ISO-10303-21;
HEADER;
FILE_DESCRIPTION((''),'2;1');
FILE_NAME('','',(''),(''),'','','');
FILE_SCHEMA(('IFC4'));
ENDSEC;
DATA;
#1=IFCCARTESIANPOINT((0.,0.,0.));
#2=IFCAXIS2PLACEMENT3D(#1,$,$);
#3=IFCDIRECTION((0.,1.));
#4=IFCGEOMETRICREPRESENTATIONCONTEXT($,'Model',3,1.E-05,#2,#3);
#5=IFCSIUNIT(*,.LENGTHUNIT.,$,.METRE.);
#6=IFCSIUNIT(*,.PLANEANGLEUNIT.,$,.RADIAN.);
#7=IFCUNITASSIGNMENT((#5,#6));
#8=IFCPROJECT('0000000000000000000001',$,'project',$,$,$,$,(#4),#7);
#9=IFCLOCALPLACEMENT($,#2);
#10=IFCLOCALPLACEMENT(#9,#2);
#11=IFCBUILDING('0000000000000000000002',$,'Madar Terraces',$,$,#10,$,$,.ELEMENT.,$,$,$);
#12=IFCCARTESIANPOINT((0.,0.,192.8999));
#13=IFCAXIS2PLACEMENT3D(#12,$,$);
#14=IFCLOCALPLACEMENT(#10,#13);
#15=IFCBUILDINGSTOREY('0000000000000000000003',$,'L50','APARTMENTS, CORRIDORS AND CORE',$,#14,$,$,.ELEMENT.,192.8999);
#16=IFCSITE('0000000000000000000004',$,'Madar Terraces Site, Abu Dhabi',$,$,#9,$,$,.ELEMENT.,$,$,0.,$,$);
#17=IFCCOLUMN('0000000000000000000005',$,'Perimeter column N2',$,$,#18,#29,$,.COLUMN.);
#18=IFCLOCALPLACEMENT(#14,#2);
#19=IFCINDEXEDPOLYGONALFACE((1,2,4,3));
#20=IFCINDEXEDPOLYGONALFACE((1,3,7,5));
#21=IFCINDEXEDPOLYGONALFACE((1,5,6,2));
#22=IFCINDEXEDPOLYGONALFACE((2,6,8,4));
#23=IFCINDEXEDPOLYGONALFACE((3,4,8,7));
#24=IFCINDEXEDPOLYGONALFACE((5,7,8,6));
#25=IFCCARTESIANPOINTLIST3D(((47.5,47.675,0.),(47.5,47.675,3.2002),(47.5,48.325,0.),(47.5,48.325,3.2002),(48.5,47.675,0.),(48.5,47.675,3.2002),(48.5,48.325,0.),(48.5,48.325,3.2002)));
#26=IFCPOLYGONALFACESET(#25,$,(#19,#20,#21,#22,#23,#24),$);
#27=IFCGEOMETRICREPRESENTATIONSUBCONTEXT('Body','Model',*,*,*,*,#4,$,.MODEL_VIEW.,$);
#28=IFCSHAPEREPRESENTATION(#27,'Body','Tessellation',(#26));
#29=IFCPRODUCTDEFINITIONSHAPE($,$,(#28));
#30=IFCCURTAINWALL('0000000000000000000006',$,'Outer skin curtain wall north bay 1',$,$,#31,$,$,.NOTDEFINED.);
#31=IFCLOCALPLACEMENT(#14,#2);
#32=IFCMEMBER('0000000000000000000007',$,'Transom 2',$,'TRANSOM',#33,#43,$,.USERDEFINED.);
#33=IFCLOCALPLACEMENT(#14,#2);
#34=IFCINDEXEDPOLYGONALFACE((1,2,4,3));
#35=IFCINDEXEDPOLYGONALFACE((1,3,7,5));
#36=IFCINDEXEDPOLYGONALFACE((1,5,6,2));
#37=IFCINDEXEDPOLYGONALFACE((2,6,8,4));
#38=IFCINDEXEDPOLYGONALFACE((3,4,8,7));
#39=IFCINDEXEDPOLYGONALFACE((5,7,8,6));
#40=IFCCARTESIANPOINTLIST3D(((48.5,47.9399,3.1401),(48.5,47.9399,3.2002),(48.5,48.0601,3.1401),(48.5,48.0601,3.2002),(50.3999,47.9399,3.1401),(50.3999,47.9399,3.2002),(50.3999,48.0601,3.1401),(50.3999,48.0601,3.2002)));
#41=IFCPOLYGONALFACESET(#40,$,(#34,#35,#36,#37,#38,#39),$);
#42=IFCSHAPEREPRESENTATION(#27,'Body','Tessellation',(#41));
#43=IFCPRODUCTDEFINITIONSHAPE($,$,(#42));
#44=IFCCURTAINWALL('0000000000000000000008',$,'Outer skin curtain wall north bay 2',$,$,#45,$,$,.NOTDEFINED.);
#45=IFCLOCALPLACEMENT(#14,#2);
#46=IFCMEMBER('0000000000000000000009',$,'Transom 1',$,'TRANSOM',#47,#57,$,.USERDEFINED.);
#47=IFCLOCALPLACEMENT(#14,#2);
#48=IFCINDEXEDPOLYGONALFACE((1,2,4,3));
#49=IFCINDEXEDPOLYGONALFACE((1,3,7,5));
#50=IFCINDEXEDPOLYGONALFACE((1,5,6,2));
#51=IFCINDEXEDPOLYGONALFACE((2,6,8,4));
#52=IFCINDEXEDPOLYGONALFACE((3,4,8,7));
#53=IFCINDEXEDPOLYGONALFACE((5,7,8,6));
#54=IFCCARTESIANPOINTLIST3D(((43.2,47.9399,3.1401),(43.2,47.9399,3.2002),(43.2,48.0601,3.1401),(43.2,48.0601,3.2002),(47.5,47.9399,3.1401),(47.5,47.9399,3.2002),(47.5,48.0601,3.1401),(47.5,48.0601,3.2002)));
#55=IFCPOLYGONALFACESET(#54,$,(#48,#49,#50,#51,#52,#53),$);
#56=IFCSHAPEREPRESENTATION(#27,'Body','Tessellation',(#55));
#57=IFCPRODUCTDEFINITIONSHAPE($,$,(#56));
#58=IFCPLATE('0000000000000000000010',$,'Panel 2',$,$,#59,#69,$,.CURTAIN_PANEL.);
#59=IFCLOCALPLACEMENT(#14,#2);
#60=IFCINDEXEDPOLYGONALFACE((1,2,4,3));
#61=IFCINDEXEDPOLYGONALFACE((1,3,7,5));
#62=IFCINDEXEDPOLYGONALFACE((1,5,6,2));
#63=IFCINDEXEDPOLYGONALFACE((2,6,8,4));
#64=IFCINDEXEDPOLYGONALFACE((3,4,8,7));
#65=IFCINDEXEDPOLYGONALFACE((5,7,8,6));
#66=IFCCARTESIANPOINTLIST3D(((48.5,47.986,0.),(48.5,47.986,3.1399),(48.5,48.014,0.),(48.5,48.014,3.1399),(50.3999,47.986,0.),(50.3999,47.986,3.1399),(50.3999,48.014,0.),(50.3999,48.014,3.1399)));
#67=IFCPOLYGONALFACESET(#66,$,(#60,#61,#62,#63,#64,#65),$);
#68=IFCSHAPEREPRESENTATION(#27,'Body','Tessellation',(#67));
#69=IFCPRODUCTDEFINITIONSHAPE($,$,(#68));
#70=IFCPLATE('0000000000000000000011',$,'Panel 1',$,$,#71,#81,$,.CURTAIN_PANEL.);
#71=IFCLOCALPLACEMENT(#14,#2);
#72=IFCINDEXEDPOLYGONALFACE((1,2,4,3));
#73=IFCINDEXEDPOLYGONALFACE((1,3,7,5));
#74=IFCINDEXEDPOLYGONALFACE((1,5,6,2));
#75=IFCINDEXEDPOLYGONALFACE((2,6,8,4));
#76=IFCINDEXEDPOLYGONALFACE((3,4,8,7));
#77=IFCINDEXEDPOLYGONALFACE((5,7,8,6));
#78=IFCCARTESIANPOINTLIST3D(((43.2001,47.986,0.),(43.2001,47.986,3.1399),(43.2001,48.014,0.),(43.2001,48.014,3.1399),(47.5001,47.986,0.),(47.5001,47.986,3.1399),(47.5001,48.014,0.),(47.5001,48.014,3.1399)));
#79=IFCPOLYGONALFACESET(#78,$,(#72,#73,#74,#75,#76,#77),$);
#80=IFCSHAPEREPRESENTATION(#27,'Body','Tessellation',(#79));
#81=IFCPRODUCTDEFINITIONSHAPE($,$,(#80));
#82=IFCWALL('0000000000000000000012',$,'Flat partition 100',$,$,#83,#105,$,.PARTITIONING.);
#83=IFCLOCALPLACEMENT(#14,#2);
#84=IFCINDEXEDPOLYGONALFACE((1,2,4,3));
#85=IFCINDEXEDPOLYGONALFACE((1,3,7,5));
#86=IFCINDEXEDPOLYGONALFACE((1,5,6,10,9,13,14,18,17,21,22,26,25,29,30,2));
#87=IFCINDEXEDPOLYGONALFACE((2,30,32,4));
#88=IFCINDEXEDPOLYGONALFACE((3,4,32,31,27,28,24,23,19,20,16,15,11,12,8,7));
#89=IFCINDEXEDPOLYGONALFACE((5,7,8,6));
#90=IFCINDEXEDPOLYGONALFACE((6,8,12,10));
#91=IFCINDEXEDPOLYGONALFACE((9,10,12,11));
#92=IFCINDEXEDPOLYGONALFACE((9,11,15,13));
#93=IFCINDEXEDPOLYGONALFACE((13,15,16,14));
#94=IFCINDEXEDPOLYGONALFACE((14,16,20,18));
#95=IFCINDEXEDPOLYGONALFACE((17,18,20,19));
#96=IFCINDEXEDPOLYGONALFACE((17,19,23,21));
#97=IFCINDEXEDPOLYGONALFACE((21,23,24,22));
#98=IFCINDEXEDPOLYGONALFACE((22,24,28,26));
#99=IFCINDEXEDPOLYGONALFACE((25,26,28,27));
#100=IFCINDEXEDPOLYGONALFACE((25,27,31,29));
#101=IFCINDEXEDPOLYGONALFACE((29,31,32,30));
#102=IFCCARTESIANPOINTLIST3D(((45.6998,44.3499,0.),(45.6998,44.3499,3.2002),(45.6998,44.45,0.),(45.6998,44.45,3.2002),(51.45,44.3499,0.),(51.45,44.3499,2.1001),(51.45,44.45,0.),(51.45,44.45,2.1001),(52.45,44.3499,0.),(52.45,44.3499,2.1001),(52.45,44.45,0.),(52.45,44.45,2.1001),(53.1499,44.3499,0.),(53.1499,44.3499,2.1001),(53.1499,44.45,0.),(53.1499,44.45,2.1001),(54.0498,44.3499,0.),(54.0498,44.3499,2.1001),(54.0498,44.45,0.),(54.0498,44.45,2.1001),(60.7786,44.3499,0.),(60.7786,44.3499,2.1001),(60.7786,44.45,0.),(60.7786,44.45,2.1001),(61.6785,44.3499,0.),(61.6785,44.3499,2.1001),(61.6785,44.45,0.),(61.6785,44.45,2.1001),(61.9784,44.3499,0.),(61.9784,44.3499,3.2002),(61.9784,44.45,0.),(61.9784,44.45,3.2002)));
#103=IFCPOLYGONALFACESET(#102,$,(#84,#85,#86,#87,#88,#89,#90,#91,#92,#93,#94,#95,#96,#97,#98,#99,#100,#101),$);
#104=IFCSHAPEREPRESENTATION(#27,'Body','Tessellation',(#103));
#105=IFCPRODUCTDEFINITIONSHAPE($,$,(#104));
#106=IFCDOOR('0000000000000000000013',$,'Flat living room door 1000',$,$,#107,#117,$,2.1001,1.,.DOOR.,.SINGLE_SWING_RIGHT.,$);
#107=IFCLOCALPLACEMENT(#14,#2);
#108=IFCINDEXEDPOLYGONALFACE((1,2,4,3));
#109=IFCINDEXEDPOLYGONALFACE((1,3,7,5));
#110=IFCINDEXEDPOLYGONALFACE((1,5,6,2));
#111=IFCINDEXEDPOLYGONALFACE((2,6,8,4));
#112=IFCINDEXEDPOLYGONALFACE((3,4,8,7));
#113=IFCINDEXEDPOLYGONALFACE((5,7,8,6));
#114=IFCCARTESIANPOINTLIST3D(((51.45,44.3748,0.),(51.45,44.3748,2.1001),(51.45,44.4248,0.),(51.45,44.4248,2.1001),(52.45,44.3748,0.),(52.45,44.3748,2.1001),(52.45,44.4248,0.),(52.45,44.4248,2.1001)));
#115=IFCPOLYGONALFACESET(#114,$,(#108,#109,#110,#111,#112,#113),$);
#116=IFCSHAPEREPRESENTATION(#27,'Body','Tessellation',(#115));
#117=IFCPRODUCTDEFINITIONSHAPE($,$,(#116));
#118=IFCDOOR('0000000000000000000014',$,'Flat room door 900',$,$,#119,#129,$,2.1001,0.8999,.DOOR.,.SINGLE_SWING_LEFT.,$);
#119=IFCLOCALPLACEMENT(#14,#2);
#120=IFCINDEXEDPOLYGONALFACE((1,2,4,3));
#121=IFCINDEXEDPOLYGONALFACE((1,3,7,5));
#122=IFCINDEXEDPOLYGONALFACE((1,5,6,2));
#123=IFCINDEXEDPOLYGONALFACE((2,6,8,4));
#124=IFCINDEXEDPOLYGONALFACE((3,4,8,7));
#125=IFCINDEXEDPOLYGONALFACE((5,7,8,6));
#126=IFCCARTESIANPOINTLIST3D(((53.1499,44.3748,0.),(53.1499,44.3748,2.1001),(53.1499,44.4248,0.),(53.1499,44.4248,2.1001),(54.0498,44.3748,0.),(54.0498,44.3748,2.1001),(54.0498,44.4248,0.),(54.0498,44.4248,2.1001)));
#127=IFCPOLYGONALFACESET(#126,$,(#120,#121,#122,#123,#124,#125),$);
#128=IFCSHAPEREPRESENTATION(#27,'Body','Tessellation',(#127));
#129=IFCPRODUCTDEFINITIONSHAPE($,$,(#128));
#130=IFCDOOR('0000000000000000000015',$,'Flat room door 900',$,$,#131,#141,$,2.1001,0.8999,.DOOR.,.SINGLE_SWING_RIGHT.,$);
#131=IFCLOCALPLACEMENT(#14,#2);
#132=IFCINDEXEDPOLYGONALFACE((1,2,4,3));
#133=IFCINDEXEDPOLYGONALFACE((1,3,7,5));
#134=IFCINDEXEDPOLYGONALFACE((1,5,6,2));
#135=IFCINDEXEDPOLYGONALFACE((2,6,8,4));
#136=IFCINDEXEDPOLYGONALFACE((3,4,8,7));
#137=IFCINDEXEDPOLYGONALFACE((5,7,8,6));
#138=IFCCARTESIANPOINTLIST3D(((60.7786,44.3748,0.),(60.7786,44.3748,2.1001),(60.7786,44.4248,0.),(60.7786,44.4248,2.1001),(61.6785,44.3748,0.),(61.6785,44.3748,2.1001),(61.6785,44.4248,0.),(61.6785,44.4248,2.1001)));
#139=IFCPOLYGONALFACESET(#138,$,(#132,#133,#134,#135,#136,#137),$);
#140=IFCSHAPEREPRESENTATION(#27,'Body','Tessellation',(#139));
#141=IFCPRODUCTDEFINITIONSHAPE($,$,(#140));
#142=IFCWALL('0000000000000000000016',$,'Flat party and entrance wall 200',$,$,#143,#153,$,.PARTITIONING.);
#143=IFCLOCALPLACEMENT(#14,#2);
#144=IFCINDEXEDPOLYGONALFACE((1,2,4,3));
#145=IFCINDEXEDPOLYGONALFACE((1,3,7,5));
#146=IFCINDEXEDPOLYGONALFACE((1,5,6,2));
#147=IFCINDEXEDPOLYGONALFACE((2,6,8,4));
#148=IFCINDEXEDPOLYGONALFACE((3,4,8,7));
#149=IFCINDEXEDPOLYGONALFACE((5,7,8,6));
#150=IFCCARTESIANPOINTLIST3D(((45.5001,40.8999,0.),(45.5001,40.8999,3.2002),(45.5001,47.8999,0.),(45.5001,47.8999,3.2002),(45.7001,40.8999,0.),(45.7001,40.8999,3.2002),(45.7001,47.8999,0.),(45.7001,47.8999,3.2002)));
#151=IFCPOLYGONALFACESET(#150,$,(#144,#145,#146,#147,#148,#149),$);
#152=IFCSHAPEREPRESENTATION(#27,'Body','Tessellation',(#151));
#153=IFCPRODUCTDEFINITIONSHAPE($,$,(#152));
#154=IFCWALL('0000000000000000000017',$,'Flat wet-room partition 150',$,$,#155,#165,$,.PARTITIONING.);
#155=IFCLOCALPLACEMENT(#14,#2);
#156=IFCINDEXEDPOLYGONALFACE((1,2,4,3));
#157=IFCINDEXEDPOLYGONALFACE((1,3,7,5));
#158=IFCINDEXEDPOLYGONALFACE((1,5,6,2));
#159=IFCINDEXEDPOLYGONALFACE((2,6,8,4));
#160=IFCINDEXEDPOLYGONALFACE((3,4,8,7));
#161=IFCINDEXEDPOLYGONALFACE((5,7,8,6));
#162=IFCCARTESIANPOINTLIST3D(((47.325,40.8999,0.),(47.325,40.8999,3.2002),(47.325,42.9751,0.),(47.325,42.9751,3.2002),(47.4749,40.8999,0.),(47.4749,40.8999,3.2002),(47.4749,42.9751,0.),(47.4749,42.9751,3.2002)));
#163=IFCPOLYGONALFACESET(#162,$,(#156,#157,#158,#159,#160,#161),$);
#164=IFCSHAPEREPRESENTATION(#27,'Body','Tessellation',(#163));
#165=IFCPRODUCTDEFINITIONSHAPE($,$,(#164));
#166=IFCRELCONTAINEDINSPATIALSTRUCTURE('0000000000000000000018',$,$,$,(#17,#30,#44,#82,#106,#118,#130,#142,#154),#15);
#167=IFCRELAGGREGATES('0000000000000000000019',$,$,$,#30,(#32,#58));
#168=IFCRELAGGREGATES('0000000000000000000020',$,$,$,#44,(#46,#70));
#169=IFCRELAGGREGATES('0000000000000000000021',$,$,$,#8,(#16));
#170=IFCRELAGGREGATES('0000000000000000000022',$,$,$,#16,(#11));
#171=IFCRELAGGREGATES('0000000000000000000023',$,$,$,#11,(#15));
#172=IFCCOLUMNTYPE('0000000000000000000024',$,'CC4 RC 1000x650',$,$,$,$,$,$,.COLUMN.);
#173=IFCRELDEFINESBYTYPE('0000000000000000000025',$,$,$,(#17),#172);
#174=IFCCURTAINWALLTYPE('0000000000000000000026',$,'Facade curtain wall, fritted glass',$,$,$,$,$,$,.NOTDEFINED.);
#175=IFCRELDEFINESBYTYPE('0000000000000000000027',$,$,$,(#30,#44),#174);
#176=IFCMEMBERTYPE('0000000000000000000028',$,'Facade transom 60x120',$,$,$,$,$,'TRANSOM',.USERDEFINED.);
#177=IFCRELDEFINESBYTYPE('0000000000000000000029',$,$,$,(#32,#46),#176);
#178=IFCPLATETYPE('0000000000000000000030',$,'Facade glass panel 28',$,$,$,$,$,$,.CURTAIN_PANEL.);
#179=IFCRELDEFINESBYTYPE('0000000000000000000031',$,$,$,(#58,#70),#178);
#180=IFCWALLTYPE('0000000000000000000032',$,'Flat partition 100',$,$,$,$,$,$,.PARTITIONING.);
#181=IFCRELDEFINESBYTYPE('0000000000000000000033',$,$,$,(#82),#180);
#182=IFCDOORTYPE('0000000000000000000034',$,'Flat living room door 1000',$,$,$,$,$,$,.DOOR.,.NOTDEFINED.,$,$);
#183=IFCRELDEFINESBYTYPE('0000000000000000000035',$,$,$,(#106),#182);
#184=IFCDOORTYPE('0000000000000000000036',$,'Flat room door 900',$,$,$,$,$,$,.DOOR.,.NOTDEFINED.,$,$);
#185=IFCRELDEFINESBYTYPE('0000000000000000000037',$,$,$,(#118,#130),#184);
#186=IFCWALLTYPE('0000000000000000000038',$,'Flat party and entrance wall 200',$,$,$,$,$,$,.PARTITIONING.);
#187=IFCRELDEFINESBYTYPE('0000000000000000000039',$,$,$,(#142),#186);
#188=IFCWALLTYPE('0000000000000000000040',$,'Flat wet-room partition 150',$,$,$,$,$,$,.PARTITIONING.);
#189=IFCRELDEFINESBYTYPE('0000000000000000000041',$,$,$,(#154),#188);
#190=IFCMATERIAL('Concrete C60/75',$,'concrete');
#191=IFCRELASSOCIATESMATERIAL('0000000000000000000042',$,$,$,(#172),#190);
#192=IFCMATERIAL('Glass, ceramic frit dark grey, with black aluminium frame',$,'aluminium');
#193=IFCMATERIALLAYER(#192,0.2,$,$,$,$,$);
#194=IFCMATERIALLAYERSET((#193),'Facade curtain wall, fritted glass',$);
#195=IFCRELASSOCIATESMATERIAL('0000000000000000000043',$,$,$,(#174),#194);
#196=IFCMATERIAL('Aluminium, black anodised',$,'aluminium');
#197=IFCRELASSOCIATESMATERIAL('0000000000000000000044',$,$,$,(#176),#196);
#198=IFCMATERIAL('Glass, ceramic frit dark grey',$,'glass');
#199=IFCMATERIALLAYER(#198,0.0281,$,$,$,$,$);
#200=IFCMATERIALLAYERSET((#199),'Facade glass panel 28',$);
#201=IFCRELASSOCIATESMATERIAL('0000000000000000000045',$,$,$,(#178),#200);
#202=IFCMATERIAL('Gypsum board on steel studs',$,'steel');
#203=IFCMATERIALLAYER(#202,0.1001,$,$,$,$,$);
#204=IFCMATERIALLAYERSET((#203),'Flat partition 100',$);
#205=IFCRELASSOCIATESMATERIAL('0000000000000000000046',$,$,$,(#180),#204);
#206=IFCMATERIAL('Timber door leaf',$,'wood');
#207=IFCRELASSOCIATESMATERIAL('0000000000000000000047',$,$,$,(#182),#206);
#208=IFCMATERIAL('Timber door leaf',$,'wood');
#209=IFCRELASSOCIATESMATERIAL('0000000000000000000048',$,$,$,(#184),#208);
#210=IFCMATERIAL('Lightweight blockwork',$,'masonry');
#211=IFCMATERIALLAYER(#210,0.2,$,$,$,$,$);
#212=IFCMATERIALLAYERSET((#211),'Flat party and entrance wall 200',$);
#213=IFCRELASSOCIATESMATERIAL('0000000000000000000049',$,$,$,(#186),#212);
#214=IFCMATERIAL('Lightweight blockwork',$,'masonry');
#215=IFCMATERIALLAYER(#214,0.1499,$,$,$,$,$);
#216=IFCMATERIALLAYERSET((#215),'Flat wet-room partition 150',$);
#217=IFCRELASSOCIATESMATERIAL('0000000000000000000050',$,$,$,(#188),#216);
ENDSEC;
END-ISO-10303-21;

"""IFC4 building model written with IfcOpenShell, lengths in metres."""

from ifc_helpers import new_model, si_unit, direction, frame, frame_2d, origin, origin_2d, place, context, subcontext, project, spatial, rectangle, extrude, material, layer, layer_set, material_profile, profile_set, type_object, element, fill, aggregate, save


model = new_model("IFC4")

# Units and contexts
model_context = context("Model", 3, precision=1e-05, world=origin(), true_north=direction((0.0, 1.0)))
body_context = subcontext(model_context, "Body", "Model", "MODEL_VIEW")
ifc_project = project(units=[si_unit("LENGTHUNIT", "METRE"), si_unit("PLANEANGLEUNIT", "RADIAN")], contexts=[model_context])

# Site, building, storey
site_placement = place(None, origin())
site = spatial("IfcSite", under=ifc_project, at=site_placement, Name="Madar Terraces Site, Abu Dhabi", CompositionType="ELEMENT", RefElevation=0.0)
building_placement = place(site_placement, origin())
building = spatial("IfcBuilding", under=site, at=building_placement, Name="Madar Terraces", CompositionType="ELEMENT")
storey_placement = place(building_placement, frame((0.0, 0.0, 192.8999)))
storey = spatial("IfcBuildingStorey", under=building, at=storey_placement, Name="L50", Description="APARTMENTS, CORRIDORS AND CORE", CompositionType="ELEMENT", Elevation=192.8999)

# Column
ifc_material_1 = material(Name="Concrete C60/75", Category="concrete")
ifc_material_profile_1 = material_profile(ifc_material_1, rectangle(XDim=1.0, YDim=0.6499, at=origin_2d()), Name="CC4 RC 1000x650")
ifc_profile_set_1 = profile_set([ifc_material_profile_1], Name="Concrete C60/75")
column_type = type_object("IfcColumnType", Name="CC4 RC 1000x650", PredefinedType="COLUMN", material=ifc_profile_set_1)
column_placement = place(storey_placement, frame((48.0, 48.0, 0.0), z_axis=(0.0, 0.0, 1.0), x_axis=(1.0, 0.0, 0.0)))
element("IfcColumn", 1, at=column_placement, inside=storey, type_object=column_type, Name="Perimeter column N2", PredefinedType="COLUMN", context=body_context, shape_type="SweptSolid", body=[
    extrude(rectangle(XDim=1.0, YDim=0.6499, at=origin_2d()), origin(), (0.0, 0.0, 1.0), 3.2002),
])

# Curtain walls, members
ifc_material_2 = material(Name="Glass, ceramic frit dark grey, with black aluminium frame", Category="aluminium")
ifc_layer_1 = layer(ifc_material_2, 0.2)
ifc_layer_set_1 = layer_set([ifc_layer_1], Name="Facade curtain wall, fritted glass")
curtain_wall_type = type_object("IfcCurtainWallType", Name="Facade curtain wall, fritted glass", PredefinedType="NOTDEFINED", material=ifc_layer_set_1)
curtain_wall_1_placement = place(storey_placement, origin())
curtain_wall_1 = element("IfcCurtainWall", 2, at=curtain_wall_1_placement, inside=storey, type_object=curtain_wall_type, Name="Outer skin curtain wall north bay 1", PredefinedType="NOTDEFINED")
ifc_material_3 = material(Name="Aluminium, black anodised", Category="aluminium")
ifc_material_profile_2 = material_profile(ifc_material_3, rectangle(XDim=0.1201, YDim=0.0601, at=origin_2d()), Name="Facade transom 60x120")
ifc_profile_set_2 = profile_set([ifc_material_profile_2], Name="Aluminium, black anodised")
member_type = type_object("IfcMemberType", Name="Facade transom 60x120", ElementType="TRANSOM", PredefinedType="USERDEFINED", material=ifc_profile_set_2)
member_1_placement = place(storey_placement, frame((50.3999, 48.0, 3.1702), z_axis=(-1.0, 0.0, 0.0), x_axis=(0.0, -1.0, 0.0)))
member_1 = element("IfcMember", 3, at=member_1_placement, type_object=member_type, Name="Transom 2", ObjectType="TRANSOM", PredefinedType="USERDEFINED", context=body_context, shape_type="SweptSolid", body=[
    extrude(rectangle(XDim=0.1201, YDim=0.0601, at=origin_2d()), origin(), (0.0, 0.0, 1.0), 1.8999),
])
curtain_wall_2_placement = place(storey_placement, origin())
curtain_wall_2 = element("IfcCurtainWall", 4, at=curtain_wall_2_placement, inside=storey, type_object=curtain_wall_type, Name="Outer skin curtain wall north bay 2", PredefinedType="NOTDEFINED")
member_2_placement = place(storey_placement, frame((47.5, 48.0, 3.1702), z_axis=(-1.0, 0.0, 0.0), x_axis=(0.0, -1.0, 0.0)))
member_2 = element("IfcMember", 5, at=member_2_placement, type_object=member_type, Name="Transom 1", ObjectType="TRANSOM", PredefinedType="USERDEFINED", context=body_context, shape_type="SweptSolid", body=[
    extrude(rectangle(XDim=0.1201, YDim=0.0601, at=origin_2d()), origin(), (0.0, 0.0, 1.0), 4.3),
])

# Plates
ifc_material_4 = material(Name="Glass, ceramic frit dark grey", Category="glass")
ifc_layer_2 = layer(ifc_material_4, 0.0281)
ifc_layer_set_2 = layer_set([ifc_layer_2], Name="Facade glass panel 28")
plate_type = type_object("IfcPlateType", Name="Facade glass panel 28", PredefinedType="CURTAIN_PANEL", material=ifc_layer_set_2)
plate_1_placement = place(storey_placement, frame((49.45, 48.0, 0.0), z_axis=(0.0, 0.0, 1.0), x_axis=(-1.0, 0.0, 0.0)))
plate_1 = element("IfcPlate", 6, at=plate_1_placement, type_object=plate_type, Name="Panel 2", PredefinedType="CURTAIN_PANEL", context=body_context, shape_type="SweptSolid", body=[
    extrude(rectangle(XDim=1.8999, YDim=0.0281, at=origin_2d()), origin(), (0.0, 0.0, 1.0), 3.1399),
])
aggregate(curtain_wall_1, [member_1, plate_1])
plate_2_placement = place(storey_placement, frame((45.3501, 48.0, 0.0), z_axis=(0.0, 0.0, 1.0), x_axis=(-1.0, 0.0, 0.0)))
plate_2 = element("IfcPlate", 7, at=plate_2_placement, type_object=plate_type, Name="Panel 1", PredefinedType="CURTAIN_PANEL", context=body_context, shape_type="SweptSolid", body=[
    extrude(rectangle(XDim=4.3, YDim=0.0281, at=origin_2d()), origin(), (0.0, 0.0, 1.0), 3.1399),
])
aggregate(curtain_wall_2, [member_2, plate_2])

# Wall, openings, doors
ifc_material_5 = material(Name="Gypsum board on steel studs", Category="steel")
ifc_layer_3 = layer(ifc_material_5, 0.1001)
ifc_layer_set_3 = layer_set([ifc_layer_3], Name="Flat partition 100")
wall_type_1 = type_object("IfcWallType", Name="Flat partition 100", PredefinedType="PARTITIONING", material=ifc_layer_set_3)
wall_1_placement = place(storey_placement, frame((45.7, 44.3999, 0.0), z_axis=(0.0, 0.0, 1.0), x_axis=(1.0, 0.0, 0.0)))
wall_1 = element("IfcWall", 8, at=wall_1_placement, inside=storey, type_object=wall_type_1, Name="Flat partition 100", PredefinedType="PARTITIONING", context=body_context, shape_type="SweptSolid", body=[
    extrude(rectangle(XDim=16.2786, YDim=0.1001, at=frame_2d((8.1392, 0.0))), origin(), (0.0, 0.0, 1.0), 3.2002),
])
opening_1_placement = place(wall_1_placement, frame((5.75, 0.0, 0.0)))
opening_1 = element("IfcOpeningElement", 9, at=opening_1_placement, cuts=wall_1, PredefinedType="OPENING", context=body_context, shape_type="SweptSolid", body=[
    extrude(rectangle(XDim=1.0, YDim=2.1001, at=frame_2d((0.5, 1.05))), frame((0.0, 0.0601, 0.0), z_axis=(0.0, -1.0, 0.0), x_axis=(1.0, 0.0, 0.0)), (0.0, 0.0, 1.0), 0.1201),
])
opening_2_placement = place(wall_1_placement, frame((7.45, 0.0, 0.0)))
opening_2 = element("IfcOpeningElement", 10, at=opening_2_placement, cuts=wall_1, PredefinedType="OPENING", context=body_context, shape_type="SweptSolid", body=[
    extrude(rectangle(XDim=0.8999, YDim=2.1001, at=frame_2d((0.45, 1.05))), frame((0.0, 0.0601, 0.0), z_axis=(0.0, -1.0, 0.0), x_axis=(1.0, 0.0, 0.0)), (0.0, 0.0, 1.0), 0.1201),
])
opening_3_placement = place(wall_1_placement, frame((15.0786, 0.0, 0.0)))
opening_3 = element("IfcOpeningElement", 11, at=opening_3_placement, cuts=wall_1, PredefinedType="OPENING", context=body_context, shape_type="SweptSolid", body=[
    extrude(rectangle(XDim=0.8999, YDim=2.1001, at=frame_2d((0.45, 1.05))), frame((0.0, 0.0601, 0.0), z_axis=(0.0, -1.0, 0.0), x_axis=(1.0, 0.0, 0.0)), (0.0, 0.0, 1.0), 0.1201),
])
ifc_material_6 = material(Name="Timber door leaf", Category="wood")
door_type_1 = type_object("IfcDoorType", Name="Flat living room door 1000", OperationType="NOTDEFINED", PredefinedType="DOOR", material=ifc_material_6)
door_1_placement = place(opening_1_placement, origin())
door_1 = element("IfcDoor", 12, at=door_1_placement, inside=storey, type_object=door_type_1, Name="Flat living room door 1000", OperationType="SINGLE_SWING_RIGHT", OverallHeight=2.1001, OverallWidth=1.0, PredefinedType="DOOR", context=body_context, shape_type="SweptSolid", body=[
    extrude(rectangle(XDim=1.0, YDim=2.1001, at=frame_2d((0.5, 1.05))), frame((0.0, 0.0249, 0.0), z_axis=(0.0, -1.0, 0.0), x_axis=(1.0, 0.0, 0.0)), (0.0, 0.0, 1.0), 0.05),
])
fill(opening_1, door_1)
ifc_material_7 = material(Name="Timber door leaf", Category="wood")
door_type_2 = type_object("IfcDoorType", Name="Flat room door 900", OperationType="NOTDEFINED", PredefinedType="DOOR", material=ifc_material_7)
door_2_placement = place(opening_2_placement, origin())
door_2 = element("IfcDoor", 13, at=door_2_placement, inside=storey, type_object=door_type_2, Name="Flat room door 900", OperationType="SINGLE_SWING_LEFT", OverallHeight=2.1001, OverallWidth=0.8999, PredefinedType="DOOR", context=body_context, shape_type="SweptSolid", body=[
    extrude(rectangle(XDim=0.8999, YDim=2.1001, at=frame_2d((0.45, 1.05))), frame((0.0, 0.0249, 0.0), z_axis=(0.0, -1.0, 0.0), x_axis=(1.0, 0.0, 0.0)), (0.0, 0.0, 1.0), 0.05),
])
fill(opening_2, door_2)
door_3_placement = place(opening_3_placement, origin())
door_3 = element("IfcDoor", 14, at=door_3_placement, inside=storey, type_object=door_type_2, Name="Flat room door 900", OperationType="SINGLE_SWING_RIGHT", OverallHeight=2.1001, OverallWidth=0.8999, PredefinedType="DOOR", context=body_context, shape_type="SweptSolid", body=[
    extrude(rectangle(XDim=0.8999, YDim=2.1001, at=frame_2d((0.45, 1.05))), frame((0.0, 0.0249, 0.0), z_axis=(0.0, -1.0, 0.0), x_axis=(1.0, 0.0, 0.0)), (0.0, 0.0, 1.0), 0.05),
])
fill(opening_3, door_3)

# Walls
ifc_material_8 = material(Name="Lightweight blockwork", Category="masonry")
ifc_layer_4 = layer(ifc_material_8, 0.2)
ifc_layer_set_4 = layer_set([ifc_layer_4], Name="Flat party and entrance wall 200")
wall_type_2 = type_object("IfcWallType", Name="Flat party and entrance wall 200", PredefinedType="PARTITIONING", material=ifc_layer_set_4)
wall_2_placement = place(storey_placement, frame((45.6001, 47.8999, 0.0), z_axis=(0.0, 0.0, 1.0), x_axis=(0.0, -1.0, 0.0)))
element("IfcWall", 15, at=wall_2_placement, inside=storey, type_object=wall_type_2, Name="Flat party and entrance wall 200", PredefinedType="PARTITIONING", context=body_context, shape_type="SweptSolid", body=[
    extrude(rectangle(XDim=7.0, YDim=0.2, at=frame_2d((3.5, 0.0))), origin(), (0.0, 0.0, 1.0), 3.2002),
])
ifc_material_9 = material(Name="Lightweight blockwork", Category="masonry")
ifc_layer_5 = layer(ifc_material_9, 0.1499)
ifc_layer_set_5 = layer_set([ifc_layer_5], Name="Flat wet-room partition 150")
wall_type_3 = type_object("IfcWallType", Name="Flat wet-room partition 150", PredefinedType="PARTITIONING", material=ifc_layer_set_5)
wall_3_placement = place(storey_placement, frame((47.3999, 40.8999, 0.0), z_axis=(0.0, 0.0, 1.0), x_axis=(0.0, 1.0, 0.0)))
element("IfcWall", 16, at=wall_3_placement, inside=storey, type_object=wall_type_3, Name="Flat wet-room partition 150", PredefinedType="PARTITIONING", context=body_context, shape_type="SweptSolid", body=[
    extrude(rectangle(XDim=2.0752, YDim=0.1499, at=frame_2d((1.0376, 0.0))), origin(), (0.0, 0.0, 1.0), 3.2002),
])

save(model, "model.ifc")
